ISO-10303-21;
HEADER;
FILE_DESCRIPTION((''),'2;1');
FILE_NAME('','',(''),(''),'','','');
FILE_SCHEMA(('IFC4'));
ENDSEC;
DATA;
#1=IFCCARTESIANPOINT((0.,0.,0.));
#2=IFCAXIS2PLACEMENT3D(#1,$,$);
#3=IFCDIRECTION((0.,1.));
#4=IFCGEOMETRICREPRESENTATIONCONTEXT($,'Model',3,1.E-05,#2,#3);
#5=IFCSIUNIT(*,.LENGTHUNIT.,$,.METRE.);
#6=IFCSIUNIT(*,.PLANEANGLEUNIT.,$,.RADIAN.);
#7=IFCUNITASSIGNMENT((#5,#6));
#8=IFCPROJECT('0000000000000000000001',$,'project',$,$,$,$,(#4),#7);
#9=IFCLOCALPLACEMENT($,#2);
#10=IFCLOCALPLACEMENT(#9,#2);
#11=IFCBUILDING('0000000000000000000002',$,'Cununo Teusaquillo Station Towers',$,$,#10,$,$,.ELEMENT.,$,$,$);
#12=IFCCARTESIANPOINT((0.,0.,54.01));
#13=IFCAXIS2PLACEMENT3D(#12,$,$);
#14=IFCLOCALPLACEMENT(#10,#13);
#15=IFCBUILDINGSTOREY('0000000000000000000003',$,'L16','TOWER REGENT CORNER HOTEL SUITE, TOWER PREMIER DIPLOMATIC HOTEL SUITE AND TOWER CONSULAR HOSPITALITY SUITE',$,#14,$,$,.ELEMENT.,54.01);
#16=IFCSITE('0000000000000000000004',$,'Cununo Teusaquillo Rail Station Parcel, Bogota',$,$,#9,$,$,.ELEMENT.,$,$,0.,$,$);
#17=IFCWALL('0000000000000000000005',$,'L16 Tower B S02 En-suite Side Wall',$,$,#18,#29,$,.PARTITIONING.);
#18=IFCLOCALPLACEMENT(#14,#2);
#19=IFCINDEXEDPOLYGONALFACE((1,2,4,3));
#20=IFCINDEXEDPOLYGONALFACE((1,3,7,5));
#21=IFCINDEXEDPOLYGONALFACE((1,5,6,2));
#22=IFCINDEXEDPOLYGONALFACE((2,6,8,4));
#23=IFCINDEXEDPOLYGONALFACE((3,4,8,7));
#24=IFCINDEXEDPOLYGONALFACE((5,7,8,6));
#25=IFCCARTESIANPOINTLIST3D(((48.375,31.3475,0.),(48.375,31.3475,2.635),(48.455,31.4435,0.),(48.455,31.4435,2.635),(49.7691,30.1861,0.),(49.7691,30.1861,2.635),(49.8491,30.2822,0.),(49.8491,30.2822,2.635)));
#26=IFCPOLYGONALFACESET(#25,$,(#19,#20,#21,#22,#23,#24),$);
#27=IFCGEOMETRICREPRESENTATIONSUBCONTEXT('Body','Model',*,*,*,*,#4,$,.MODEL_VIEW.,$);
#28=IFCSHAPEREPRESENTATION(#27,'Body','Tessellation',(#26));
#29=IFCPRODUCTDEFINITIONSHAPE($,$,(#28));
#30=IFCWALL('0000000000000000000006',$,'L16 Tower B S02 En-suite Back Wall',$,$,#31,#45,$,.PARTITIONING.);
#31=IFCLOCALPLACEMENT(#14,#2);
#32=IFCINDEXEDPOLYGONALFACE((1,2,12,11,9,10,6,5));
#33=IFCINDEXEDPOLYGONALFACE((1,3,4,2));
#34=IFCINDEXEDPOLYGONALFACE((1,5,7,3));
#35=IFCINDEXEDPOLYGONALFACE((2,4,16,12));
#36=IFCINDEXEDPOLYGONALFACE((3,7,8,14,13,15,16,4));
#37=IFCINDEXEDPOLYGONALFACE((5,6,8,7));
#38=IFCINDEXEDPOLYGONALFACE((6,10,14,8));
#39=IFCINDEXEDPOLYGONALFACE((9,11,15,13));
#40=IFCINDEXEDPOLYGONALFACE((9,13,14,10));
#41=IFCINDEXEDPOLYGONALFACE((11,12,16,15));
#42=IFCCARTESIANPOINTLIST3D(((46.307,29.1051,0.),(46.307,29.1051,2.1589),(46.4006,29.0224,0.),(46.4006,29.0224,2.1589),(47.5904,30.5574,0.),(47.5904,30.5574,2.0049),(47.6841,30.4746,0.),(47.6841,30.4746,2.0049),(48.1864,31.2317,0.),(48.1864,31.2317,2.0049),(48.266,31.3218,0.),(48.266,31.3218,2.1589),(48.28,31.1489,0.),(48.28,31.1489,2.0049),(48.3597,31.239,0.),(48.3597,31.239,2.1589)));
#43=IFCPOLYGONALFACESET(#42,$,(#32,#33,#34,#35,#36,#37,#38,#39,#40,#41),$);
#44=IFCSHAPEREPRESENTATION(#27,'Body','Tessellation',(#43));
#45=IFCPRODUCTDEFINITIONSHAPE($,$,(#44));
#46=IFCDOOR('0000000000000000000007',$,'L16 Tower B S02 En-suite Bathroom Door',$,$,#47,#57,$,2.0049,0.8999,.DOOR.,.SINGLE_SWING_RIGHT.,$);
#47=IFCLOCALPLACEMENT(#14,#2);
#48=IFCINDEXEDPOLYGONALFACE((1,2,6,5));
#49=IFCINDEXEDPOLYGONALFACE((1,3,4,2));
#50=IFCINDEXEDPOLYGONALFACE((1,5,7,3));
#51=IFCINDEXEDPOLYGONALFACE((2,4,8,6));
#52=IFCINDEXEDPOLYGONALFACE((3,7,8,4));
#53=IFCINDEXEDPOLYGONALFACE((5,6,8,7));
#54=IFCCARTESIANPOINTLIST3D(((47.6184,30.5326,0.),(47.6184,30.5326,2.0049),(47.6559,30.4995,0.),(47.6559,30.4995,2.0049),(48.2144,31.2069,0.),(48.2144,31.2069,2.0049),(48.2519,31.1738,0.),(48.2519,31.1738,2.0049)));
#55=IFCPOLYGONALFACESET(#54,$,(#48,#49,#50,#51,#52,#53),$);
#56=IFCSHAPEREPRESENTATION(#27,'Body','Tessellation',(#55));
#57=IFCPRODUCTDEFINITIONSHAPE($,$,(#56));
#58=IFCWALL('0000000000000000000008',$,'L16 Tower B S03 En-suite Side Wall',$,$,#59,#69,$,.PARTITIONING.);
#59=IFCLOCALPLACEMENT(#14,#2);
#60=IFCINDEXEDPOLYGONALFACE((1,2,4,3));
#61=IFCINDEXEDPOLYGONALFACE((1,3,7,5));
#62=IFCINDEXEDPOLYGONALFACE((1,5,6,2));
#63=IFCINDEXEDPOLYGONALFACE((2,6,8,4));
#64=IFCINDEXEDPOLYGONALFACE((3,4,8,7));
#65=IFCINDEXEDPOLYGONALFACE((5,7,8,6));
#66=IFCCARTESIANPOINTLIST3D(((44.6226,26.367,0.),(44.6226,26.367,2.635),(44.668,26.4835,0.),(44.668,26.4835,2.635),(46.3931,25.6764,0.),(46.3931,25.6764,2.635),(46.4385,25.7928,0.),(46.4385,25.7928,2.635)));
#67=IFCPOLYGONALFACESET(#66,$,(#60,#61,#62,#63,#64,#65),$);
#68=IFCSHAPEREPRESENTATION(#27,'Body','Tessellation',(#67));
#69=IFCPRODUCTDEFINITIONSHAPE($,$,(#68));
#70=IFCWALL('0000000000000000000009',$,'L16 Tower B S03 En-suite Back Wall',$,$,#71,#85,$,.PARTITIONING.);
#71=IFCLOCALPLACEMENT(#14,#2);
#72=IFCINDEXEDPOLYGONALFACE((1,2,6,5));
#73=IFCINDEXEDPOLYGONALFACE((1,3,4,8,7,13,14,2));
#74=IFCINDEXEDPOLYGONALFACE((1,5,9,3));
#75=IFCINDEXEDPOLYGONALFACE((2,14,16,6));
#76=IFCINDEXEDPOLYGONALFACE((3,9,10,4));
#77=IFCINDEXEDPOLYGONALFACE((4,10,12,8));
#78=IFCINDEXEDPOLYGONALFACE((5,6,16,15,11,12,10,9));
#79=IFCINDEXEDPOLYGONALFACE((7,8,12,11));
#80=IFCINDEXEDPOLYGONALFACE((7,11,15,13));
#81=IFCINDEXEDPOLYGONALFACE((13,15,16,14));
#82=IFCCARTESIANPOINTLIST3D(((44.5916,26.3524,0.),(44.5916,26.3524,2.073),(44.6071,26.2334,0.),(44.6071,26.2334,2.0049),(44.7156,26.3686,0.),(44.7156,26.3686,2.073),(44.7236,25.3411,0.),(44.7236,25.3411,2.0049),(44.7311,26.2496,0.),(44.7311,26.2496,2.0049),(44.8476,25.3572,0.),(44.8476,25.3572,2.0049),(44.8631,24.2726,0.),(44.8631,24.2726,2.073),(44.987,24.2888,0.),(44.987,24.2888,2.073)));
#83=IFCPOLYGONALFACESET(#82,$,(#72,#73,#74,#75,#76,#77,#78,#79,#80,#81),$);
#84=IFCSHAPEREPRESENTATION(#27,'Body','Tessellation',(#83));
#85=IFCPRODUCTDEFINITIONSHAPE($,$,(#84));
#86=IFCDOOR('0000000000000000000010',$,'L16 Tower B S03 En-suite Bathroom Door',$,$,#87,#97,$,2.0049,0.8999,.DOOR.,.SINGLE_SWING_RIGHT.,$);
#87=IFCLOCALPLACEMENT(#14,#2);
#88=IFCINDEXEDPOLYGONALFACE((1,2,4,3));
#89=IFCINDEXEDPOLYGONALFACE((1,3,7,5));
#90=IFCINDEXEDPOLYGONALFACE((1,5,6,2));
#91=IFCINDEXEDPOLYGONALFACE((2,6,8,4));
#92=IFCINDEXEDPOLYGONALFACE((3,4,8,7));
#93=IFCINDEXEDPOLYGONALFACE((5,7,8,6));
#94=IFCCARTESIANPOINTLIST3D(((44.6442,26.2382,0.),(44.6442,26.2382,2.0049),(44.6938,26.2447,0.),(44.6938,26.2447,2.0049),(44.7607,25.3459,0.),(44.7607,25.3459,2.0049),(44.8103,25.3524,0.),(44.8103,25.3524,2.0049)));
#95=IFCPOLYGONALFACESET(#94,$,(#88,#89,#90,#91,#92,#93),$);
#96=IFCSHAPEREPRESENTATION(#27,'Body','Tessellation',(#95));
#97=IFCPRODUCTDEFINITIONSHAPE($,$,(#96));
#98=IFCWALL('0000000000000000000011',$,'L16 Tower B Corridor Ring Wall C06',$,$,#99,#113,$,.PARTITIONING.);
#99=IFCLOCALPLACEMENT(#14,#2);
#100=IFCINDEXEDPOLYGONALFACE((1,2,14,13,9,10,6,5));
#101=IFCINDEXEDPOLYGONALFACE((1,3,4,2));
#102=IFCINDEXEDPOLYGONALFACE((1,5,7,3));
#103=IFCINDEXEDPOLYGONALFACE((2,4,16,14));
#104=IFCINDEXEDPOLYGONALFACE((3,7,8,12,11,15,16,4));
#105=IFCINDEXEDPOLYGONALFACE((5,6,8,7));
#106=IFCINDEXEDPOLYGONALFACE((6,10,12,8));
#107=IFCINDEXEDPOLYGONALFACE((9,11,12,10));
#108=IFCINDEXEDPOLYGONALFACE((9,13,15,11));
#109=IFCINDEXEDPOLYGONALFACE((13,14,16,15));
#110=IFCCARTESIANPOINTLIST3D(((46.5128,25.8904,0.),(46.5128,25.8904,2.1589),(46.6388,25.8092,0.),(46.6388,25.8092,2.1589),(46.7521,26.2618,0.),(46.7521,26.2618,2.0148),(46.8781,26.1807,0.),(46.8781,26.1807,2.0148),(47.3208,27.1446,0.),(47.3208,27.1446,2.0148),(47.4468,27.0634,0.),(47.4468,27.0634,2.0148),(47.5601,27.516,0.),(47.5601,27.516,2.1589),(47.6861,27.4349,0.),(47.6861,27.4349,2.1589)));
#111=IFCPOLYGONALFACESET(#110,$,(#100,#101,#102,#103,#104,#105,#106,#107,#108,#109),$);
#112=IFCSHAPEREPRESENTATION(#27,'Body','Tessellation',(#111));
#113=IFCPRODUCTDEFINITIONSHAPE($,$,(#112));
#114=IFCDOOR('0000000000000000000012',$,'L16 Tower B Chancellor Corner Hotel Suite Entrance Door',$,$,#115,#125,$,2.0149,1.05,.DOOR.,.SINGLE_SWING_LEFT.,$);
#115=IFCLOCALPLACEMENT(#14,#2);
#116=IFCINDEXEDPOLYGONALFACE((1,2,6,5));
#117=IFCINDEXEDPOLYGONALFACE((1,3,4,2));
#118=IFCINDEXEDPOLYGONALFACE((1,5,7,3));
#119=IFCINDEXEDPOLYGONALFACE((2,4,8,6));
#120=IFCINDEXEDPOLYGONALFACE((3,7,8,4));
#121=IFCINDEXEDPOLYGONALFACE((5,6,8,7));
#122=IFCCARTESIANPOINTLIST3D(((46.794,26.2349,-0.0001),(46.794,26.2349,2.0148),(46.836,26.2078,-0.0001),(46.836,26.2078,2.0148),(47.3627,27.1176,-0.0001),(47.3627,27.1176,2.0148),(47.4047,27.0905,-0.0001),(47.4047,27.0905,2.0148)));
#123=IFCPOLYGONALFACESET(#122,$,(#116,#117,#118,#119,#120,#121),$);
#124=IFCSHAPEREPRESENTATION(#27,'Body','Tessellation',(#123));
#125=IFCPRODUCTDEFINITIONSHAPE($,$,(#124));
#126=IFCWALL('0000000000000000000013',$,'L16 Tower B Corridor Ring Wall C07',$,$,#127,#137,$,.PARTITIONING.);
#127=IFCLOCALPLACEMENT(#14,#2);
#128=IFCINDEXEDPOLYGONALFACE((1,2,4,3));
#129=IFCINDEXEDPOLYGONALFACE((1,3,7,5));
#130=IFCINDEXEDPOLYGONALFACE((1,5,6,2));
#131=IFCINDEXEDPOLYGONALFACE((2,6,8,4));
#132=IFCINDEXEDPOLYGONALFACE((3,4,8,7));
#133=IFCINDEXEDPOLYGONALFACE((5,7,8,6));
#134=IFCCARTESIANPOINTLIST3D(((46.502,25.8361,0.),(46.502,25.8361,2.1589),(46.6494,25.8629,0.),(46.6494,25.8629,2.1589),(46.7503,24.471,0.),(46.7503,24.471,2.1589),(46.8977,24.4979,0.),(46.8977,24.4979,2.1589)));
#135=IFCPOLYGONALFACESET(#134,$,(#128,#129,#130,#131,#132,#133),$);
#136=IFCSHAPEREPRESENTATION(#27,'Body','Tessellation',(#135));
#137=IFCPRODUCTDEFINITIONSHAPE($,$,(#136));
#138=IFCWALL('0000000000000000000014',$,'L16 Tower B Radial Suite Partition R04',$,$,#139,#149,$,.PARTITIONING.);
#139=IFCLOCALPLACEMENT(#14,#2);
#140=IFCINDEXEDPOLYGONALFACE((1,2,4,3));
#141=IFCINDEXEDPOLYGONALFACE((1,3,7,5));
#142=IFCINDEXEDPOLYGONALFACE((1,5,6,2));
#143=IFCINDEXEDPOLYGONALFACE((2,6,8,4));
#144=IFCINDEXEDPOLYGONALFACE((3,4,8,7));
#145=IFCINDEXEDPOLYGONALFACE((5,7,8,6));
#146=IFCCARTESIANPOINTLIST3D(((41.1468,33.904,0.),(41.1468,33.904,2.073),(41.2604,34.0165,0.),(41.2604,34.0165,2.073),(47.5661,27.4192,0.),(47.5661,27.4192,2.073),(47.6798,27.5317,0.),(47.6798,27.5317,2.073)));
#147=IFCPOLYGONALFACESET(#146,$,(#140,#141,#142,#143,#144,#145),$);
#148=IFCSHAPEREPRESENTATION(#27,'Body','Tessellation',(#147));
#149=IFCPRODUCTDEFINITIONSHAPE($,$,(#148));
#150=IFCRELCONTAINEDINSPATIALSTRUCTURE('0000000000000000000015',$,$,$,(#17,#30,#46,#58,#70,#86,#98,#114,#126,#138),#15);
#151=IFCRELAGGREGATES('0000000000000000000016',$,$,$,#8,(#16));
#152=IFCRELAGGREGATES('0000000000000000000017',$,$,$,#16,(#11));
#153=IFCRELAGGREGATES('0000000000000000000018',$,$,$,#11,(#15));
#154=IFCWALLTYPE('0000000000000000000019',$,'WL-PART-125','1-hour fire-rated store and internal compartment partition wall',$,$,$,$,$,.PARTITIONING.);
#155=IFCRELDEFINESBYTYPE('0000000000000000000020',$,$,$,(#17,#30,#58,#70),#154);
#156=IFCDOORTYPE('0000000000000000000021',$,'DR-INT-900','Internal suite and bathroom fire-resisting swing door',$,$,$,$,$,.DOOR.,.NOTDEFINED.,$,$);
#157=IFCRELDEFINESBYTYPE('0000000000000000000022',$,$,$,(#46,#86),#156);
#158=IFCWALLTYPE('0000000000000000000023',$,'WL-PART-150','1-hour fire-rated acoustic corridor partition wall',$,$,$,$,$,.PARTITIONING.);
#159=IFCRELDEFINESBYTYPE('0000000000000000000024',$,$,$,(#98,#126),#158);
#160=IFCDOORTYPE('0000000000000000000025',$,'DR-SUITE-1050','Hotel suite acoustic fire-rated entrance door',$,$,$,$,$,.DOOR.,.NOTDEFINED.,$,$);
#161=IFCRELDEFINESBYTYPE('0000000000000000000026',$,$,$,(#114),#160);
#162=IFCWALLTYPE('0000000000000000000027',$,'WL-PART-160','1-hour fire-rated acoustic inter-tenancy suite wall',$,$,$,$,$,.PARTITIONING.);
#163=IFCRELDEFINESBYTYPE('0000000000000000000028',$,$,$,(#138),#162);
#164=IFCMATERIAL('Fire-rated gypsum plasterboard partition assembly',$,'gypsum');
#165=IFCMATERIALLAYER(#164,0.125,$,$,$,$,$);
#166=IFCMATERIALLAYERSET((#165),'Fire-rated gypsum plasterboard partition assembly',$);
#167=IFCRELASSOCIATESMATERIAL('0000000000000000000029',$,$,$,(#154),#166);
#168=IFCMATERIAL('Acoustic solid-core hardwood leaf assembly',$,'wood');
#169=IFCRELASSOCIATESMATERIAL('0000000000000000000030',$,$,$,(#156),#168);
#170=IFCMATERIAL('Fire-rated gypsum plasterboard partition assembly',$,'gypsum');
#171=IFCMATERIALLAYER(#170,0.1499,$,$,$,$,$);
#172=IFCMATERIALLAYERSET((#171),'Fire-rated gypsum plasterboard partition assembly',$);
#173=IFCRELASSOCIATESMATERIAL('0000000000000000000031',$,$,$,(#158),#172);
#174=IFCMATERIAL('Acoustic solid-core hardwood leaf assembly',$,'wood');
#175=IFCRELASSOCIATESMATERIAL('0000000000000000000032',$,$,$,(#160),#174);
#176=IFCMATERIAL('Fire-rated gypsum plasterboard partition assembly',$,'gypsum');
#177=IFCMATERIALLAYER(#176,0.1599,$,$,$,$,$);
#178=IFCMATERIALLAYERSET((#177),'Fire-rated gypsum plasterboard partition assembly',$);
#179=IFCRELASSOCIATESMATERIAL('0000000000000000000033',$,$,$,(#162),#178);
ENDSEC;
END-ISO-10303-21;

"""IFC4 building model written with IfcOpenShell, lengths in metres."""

from ifc_helpers import new_model, si_unit, direction, frame, frame_2d, origin, place, context, subcontext, project, spatial, rectangle, extrude, source, transform, mapped, material, layer, layer_set, type_object, element, fill, save


model = new_model("IFC4")

# Units and contexts
model_context = context("Model", 3, precision=1e-05, world=origin(), true_north=direction((0.0, 1.0)))
body_context = subcontext(model_context, "Body", "Model", "MODEL_VIEW")
ifc_project = project(units=[si_unit("LENGTHUNIT", "METRE"), si_unit("PLANEANGLEUNIT", "RADIAN")], contexts=[model_context])

# Site, building, storey
site_placement = place(None, origin())
site = spatial("IfcSite", under=ifc_project, at=site_placement, Name="Cununo Teusaquillo Rail Station Parcel, Bogota", CompositionType="ELEMENT", RefElevation=0.0)
building_placement = place(site_placement, origin())
building = spatial("IfcBuilding", under=site, at=building_placement, Name="Cununo Teusaquillo Station Towers", CompositionType="ELEMENT")
storey_placement = place(building_placement, frame((0.0, 0.0, 54.01)))
storey = spatial("IfcBuildingStorey", under=building, at=storey_placement, Name="L16", Description="TOWER REGENT CORNER HOTEL SUITE, TOWER PREMIER DIPLOMATIC HOTEL SUITE AND TOWER CONSULAR HOSPITALITY SUITE", CompositionType="ELEMENT", Elevation=54.01)

# Wall
ifc_material_1 = material(Name="Fire-rated gypsum plasterboard partition assembly", Category="gypsum")
ifc_layer_1 = layer(ifc_material_1, 0.125)
ifc_layer_set_1 = layer_set([ifc_layer_1], Name="Fire-rated gypsum plasterboard partition assembly")
wall_type_1 = type_object("IfcWallType", Name="WL-PART-125", Description="1-hour fire-rated store and internal compartment partition wall", PredefinedType="PARTITIONING", material=ifc_layer_set_1)
wall_1_placement = place(storey_placement, frame((49.8091, 30.2341, 0.0), z_axis=(0.0, 0.0, 1.0), x_axis=(-0.76831, 0.640079, 0.0)))
element("IfcWall", 1, at=wall_1_placement, inside=storey, type_object=wall_type_1, Name="L16 Tower B S02 En-suite Side Wall", PredefinedType="PARTITIONING", context=body_context, shape_type="SweptSolid", body=[
    extrude(rectangle(XDim=1.8145, YDim=0.125, at=frame_2d((0.9072, 0.0))), origin(), (0.0, 0.0, 1.0), 2.635),
])

# Wall, opening, door
wall_2_placement = place(storey_placement, frame((48.3127, 31.2803, 0.0), z_axis=(0.0, 0.0, 1.0), x_axis=(-0.66223, -0.749301, 0.0)))
wall_2 = element("IfcWall", 2, at=wall_2_placement, inside=storey, type_object=wall_type_1, Name="L16 Tower B S02 En-suite Back Wall", PredefinedType="PARTITIONING", context=body_context, shape_type="SweptSolid", body=[
    extrude(rectangle(XDim=2.9583, YDim=0.125, at=frame_2d((1.479, 0.0))), origin(), (0.0, 0.0, 1.0), 2.1589),
])
shared_shape_1 = source(origin(), body_context, "Body", "SweptSolid", [
    extrude(rectangle(XDim=0.8999, YDim=2.0049, at=frame_2d((0.45, 1.0024))), frame((0.0, 0.0725, 0.0), z_axis=(0.0, -1.0, 0.0), x_axis=(1.0, 0.0, 0.0)), (0.0, 0.0, 1.0), 0.145),
])
opening_1_placement = place(wall_2_placement, frame((0.1201, 0.0, 0.0)))
opening_1 = element("IfcOpeningElement", 3, at=opening_1_placement, cuts=wall_2, PredefinedType="OPENING", context=body_context, shape_type="MappedRepresentation", body=[
    mapped(shared_shape_1, transform((0.0, 0.0, 0.0), x_axis=(1.0, 0.0, 0.0), y_axis=(0.0, 1.0, 0.0), z_axis=(0.0, 0.0, 1.0), scale=1.0)),
])
ifc_material_2 = material(Name="Acoustic solid-core hardwood leaf assembly", Category="wood")
door_type_1 = type_object("IfcDoorType", Name="DR-INT-900", Description="Internal suite and bathroom fire-resisting swing door", OperationType="NOTDEFINED", PredefinedType="DOOR", material=ifc_material_2)
shared_shape_2 = source(origin(), body_context, "Body", "SweptSolid", [
    extrude(rectangle(XDim=0.8999, YDim=2.0049, at=frame_2d((0.45, 1.0024))), frame((0.0, 0.0249, 0.0), z_axis=(0.0, -1.0, 0.0), x_axis=(1.0, 0.0, 0.0)), (0.0, 0.0, 1.0), 0.05),
])
door_1_placement = place(opening_1_placement, origin())
door_1 = element("IfcDoor", 4, at=door_1_placement, inside=storey, type_object=door_type_1, Name="L16 Tower B S02 En-suite Bathroom Door", OperationType="SINGLE_SWING_RIGHT", OverallHeight=2.0049, OverallWidth=0.8999, PredefinedType="DOOR", context=body_context, shape_type="MappedRepresentation", body=[
    mapped(shared_shape_2, transform((0.0, 0.0, 0.0), x_axis=(1.0, 0.0, 0.0), y_axis=(0.0, 1.0, 0.0), z_axis=(0.0, 0.0, 1.0), scale=1.0)),
])
fill(opening_1, door_1)

# Wall
wall_3_placement = place(storey_placement, frame((46.4158, 25.7346, 0.0), z_axis=(0.0, 0.0, 1.0), x_axis=(-0.931623, 0.363426, 0.0)))
element("IfcWall", 5, at=wall_3_placement, inside=storey, type_object=wall_type_1, Name="L16 Tower B S03 En-suite Side Wall", PredefinedType="PARTITIONING", context=body_context, shape_type="SweptSolid", body=[
    extrude(rectangle(XDim=1.9004, YDim=0.125, at=frame_2d((0.9502, 0.0))), origin(), (0.0, 0.0, 1.0), 2.635),
])

# Walls, openings, doors
wall_4_placement = place(storey_placement, frame((44.6536, 26.3606, 0.0), z_axis=(0.0, 0.0, 1.0), x_axis=(0.129434, -0.991588, 0.0)))
wall_4 = element("IfcWall", 6, at=wall_4_placement, inside=storey, type_object=wall_type_1, Name="L16 Tower B S03 En-suite Back Wall", PredefinedType="PARTITIONING", context=body_context, shape_type="SweptSolid", body=[
    extrude(rectangle(XDim=2.0974, YDim=0.125, at=frame_2d((1.0488, 0.0))), origin(), (0.0, 0.0, 1.0), 2.073),
])
opening_2_placement = place(wall_4_placement, frame((0.1201, 0.0, 0.0)))
opening_2 = element("IfcOpeningElement", 7, at=opening_2_placement, cuts=wall_4, PredefinedType="OPENING", context=body_context, shape_type="MappedRepresentation", body=[
    mapped(shared_shape_1, transform((0.0, 0.0, 0.0), x_axis=(1.0, 0.0, 0.0), y_axis=(0.0, 1.0, 0.0), z_axis=(0.0, 0.0, 1.0), scale=1.0)),
])
door_2_placement = place(opening_2_placement, origin())
door_2 = element("IfcDoor", 8, at=door_2_placement, inside=storey, type_object=door_type_1, Name="L16 Tower B S03 En-suite Bathroom Door", OperationType="SINGLE_SWING_RIGHT", OverallHeight=2.0049, OverallWidth=0.8999, PredefinedType="DOOR", context=body_context, shape_type="MappedRepresentation", body=[
    mapped(shared_shape_2, transform((0.0, 0.0, 0.0), x_axis=(1.0, 0.0, 0.0), y_axis=(0.0, 1.0, 0.0), z_axis=(0.0, 0.0, 1.0), scale=1.0)),
])
fill(opening_2, door_2)
ifc_material_3 = material(Name="Fire-rated gypsum plasterboard partition assembly", Category="gypsum")
ifc_layer_2 = layer(ifc_material_3, 0.1499)
ifc_layer_set_2 = layer_set([ifc_layer_2], Name="Fire-rated gypsum plasterboard partition assembly")
wall_type_2 = type_object("IfcWallType", Name="WL-PART-150", Description="1-hour fire-rated acoustic corridor partition wall", PredefinedType="PARTITIONING", material=ifc_layer_set_2)
wall_5_placement = place(storey_placement, frame((47.623, 27.4753, 0.0), z_axis=(0.0, 0.0, 1.0), x_axis=(-0.54158, -0.840649, 0.0)))
wall_5 = element("IfcWall", 9, at=wall_5_placement, inside=storey, type_object=wall_type_2, Name="L16 Tower B Corridor Ring Wall C06", PredefinedType="PARTITIONING", context=body_context, shape_type="SweptSolid", body=[
    extrude(rectangle(XDim=1.9338, YDim=0.1499, at=frame_2d((0.9668, 0.0))), origin(), (0.0, 0.0, 1.0), 2.1589),
])
shared_shape_3 = source(origin(), body_context, "Body", "SweptSolid", [
    extrude(rectangle(XDim=1.05, YDim=2.0149, at=frame_2d((0.5249, 1.0073))), frame((0.0, 0.085, 0.0), z_axis=(0.0, -1.0, 0.0), x_axis=(1.0, 0.0, 0.0)), (0.0, 0.0, 1.0), 0.1699),
])
opening_3_placement = place(wall_5_placement, frame((0.4419, 0.0, 0.0)))
opening_3 = element("IfcOpeningElement", 10, at=opening_3_placement, cuts=wall_5, PredefinedType="OPENING", context=body_context, shape_type="MappedRepresentation", body=[
    mapped(shared_shape_3, transform((0.0, 0.0, 0.0), x_axis=(1.0, 0.0, 0.0), y_axis=(0.0, 1.0, 0.0), z_axis=(0.0, 0.0, 1.0), scale=1.0)),
])
ifc_material_4 = material(Name="Acoustic solid-core hardwood leaf assembly", Category="wood")
door_type_2 = type_object("IfcDoorType", Name="DR-SUITE-1050", Description="Hotel suite acoustic fire-rated entrance door", OperationType="NOTDEFINED", PredefinedType="DOOR", material=ifc_material_4)
shared_shape_4 = source(origin(), body_context, "Body", "SweptSolid", [
    extrude(rectangle(XDim=1.05, YDim=2.0149, at=frame_2d((0.5249, 1.0073))), frame((0.0, 0.0249, 0.0), z_axis=(0.0, -1.0, 0.0), x_axis=(1.0, 0.0, 0.0)), (0.0, 0.0, 1.0), 0.05),
])
door_3_placement = place(opening_3_placement, origin())
door_3 = element("IfcDoor", 11, at=door_3_placement, inside=storey, type_object=door_type_2, Name="L16 Tower B Chancellor Corner Hotel Suite Entrance Door", OperationType="SINGLE_SWING_LEFT", OverallHeight=2.0149, OverallWidth=1.05, PredefinedType="DOOR", context=body_context, shape_type="MappedRepresentation", body=[
    mapped(shared_shape_4, transform((0.0, 0.0, 0.0), x_axis=(1.0, 0.0, 0.0), y_axis=(0.0, 1.0, 0.0), z_axis=(0.0, 0.0, 1.0), scale=1.0)),
])
fill(opening_3, door_3)

# Walls
wall_6_placement = place(storey_placement, frame((46.5757, 25.8496, 0.0), z_axis=(0.0, 0.0, 1.0), x_axis=(0.178963, -0.983856, 0.0)))
element("IfcWall", 12, at=wall_6_placement, inside=storey, type_object=wall_type_2, Name="L16 Tower B Corridor Ring Wall C07", PredefinedType="PARTITIONING", context=body_context, shape_type="SweptSolid", body=[
    extrude(rectangle(XDim=1.3875, YDim=0.1499, at=frame_2d((0.6938, 0.0))), origin(), (0.0, 0.0, 1.0), 2.1589),
])
ifc_material_5 = material(Name="Fire-rated gypsum plasterboard partition assembly", Category="gypsum")
ifc_layer_3 = layer(ifc_material_5, 0.1599)
ifc_layer_set_3 = layer_set([ifc_layer_3], Name="Fire-rated gypsum plasterboard partition assembly")
wall_type_3 = type_object("IfcWallType", Name="WL-PART-160", Description="1-hour fire-rated acoustic inter-tenancy suite wall", PredefinedType="PARTITIONING", material=ifc_layer_set_3)
wall_7_placement = place(storey_placement, frame((47.623, 27.4753, 0.0), z_axis=(0.0, 0.0, 1.0), x_axis=(-0.703512, 0.710683, 0.0)))
element("IfcWall", 13, at=wall_7_placement, inside=storey, type_object=wall_type_3, Name="L16 Tower B Radial Suite Partition R04", PredefinedType="PARTITIONING", context=body_context, shape_type="SweptSolid", body=[
    extrude(rectangle(XDim=9.1248, YDim=0.1599, at=frame_2d((4.5625, 0.0))), origin(), (0.0, 0.0, 1.0), 2.073),
])

save(model, "model.ifc")
